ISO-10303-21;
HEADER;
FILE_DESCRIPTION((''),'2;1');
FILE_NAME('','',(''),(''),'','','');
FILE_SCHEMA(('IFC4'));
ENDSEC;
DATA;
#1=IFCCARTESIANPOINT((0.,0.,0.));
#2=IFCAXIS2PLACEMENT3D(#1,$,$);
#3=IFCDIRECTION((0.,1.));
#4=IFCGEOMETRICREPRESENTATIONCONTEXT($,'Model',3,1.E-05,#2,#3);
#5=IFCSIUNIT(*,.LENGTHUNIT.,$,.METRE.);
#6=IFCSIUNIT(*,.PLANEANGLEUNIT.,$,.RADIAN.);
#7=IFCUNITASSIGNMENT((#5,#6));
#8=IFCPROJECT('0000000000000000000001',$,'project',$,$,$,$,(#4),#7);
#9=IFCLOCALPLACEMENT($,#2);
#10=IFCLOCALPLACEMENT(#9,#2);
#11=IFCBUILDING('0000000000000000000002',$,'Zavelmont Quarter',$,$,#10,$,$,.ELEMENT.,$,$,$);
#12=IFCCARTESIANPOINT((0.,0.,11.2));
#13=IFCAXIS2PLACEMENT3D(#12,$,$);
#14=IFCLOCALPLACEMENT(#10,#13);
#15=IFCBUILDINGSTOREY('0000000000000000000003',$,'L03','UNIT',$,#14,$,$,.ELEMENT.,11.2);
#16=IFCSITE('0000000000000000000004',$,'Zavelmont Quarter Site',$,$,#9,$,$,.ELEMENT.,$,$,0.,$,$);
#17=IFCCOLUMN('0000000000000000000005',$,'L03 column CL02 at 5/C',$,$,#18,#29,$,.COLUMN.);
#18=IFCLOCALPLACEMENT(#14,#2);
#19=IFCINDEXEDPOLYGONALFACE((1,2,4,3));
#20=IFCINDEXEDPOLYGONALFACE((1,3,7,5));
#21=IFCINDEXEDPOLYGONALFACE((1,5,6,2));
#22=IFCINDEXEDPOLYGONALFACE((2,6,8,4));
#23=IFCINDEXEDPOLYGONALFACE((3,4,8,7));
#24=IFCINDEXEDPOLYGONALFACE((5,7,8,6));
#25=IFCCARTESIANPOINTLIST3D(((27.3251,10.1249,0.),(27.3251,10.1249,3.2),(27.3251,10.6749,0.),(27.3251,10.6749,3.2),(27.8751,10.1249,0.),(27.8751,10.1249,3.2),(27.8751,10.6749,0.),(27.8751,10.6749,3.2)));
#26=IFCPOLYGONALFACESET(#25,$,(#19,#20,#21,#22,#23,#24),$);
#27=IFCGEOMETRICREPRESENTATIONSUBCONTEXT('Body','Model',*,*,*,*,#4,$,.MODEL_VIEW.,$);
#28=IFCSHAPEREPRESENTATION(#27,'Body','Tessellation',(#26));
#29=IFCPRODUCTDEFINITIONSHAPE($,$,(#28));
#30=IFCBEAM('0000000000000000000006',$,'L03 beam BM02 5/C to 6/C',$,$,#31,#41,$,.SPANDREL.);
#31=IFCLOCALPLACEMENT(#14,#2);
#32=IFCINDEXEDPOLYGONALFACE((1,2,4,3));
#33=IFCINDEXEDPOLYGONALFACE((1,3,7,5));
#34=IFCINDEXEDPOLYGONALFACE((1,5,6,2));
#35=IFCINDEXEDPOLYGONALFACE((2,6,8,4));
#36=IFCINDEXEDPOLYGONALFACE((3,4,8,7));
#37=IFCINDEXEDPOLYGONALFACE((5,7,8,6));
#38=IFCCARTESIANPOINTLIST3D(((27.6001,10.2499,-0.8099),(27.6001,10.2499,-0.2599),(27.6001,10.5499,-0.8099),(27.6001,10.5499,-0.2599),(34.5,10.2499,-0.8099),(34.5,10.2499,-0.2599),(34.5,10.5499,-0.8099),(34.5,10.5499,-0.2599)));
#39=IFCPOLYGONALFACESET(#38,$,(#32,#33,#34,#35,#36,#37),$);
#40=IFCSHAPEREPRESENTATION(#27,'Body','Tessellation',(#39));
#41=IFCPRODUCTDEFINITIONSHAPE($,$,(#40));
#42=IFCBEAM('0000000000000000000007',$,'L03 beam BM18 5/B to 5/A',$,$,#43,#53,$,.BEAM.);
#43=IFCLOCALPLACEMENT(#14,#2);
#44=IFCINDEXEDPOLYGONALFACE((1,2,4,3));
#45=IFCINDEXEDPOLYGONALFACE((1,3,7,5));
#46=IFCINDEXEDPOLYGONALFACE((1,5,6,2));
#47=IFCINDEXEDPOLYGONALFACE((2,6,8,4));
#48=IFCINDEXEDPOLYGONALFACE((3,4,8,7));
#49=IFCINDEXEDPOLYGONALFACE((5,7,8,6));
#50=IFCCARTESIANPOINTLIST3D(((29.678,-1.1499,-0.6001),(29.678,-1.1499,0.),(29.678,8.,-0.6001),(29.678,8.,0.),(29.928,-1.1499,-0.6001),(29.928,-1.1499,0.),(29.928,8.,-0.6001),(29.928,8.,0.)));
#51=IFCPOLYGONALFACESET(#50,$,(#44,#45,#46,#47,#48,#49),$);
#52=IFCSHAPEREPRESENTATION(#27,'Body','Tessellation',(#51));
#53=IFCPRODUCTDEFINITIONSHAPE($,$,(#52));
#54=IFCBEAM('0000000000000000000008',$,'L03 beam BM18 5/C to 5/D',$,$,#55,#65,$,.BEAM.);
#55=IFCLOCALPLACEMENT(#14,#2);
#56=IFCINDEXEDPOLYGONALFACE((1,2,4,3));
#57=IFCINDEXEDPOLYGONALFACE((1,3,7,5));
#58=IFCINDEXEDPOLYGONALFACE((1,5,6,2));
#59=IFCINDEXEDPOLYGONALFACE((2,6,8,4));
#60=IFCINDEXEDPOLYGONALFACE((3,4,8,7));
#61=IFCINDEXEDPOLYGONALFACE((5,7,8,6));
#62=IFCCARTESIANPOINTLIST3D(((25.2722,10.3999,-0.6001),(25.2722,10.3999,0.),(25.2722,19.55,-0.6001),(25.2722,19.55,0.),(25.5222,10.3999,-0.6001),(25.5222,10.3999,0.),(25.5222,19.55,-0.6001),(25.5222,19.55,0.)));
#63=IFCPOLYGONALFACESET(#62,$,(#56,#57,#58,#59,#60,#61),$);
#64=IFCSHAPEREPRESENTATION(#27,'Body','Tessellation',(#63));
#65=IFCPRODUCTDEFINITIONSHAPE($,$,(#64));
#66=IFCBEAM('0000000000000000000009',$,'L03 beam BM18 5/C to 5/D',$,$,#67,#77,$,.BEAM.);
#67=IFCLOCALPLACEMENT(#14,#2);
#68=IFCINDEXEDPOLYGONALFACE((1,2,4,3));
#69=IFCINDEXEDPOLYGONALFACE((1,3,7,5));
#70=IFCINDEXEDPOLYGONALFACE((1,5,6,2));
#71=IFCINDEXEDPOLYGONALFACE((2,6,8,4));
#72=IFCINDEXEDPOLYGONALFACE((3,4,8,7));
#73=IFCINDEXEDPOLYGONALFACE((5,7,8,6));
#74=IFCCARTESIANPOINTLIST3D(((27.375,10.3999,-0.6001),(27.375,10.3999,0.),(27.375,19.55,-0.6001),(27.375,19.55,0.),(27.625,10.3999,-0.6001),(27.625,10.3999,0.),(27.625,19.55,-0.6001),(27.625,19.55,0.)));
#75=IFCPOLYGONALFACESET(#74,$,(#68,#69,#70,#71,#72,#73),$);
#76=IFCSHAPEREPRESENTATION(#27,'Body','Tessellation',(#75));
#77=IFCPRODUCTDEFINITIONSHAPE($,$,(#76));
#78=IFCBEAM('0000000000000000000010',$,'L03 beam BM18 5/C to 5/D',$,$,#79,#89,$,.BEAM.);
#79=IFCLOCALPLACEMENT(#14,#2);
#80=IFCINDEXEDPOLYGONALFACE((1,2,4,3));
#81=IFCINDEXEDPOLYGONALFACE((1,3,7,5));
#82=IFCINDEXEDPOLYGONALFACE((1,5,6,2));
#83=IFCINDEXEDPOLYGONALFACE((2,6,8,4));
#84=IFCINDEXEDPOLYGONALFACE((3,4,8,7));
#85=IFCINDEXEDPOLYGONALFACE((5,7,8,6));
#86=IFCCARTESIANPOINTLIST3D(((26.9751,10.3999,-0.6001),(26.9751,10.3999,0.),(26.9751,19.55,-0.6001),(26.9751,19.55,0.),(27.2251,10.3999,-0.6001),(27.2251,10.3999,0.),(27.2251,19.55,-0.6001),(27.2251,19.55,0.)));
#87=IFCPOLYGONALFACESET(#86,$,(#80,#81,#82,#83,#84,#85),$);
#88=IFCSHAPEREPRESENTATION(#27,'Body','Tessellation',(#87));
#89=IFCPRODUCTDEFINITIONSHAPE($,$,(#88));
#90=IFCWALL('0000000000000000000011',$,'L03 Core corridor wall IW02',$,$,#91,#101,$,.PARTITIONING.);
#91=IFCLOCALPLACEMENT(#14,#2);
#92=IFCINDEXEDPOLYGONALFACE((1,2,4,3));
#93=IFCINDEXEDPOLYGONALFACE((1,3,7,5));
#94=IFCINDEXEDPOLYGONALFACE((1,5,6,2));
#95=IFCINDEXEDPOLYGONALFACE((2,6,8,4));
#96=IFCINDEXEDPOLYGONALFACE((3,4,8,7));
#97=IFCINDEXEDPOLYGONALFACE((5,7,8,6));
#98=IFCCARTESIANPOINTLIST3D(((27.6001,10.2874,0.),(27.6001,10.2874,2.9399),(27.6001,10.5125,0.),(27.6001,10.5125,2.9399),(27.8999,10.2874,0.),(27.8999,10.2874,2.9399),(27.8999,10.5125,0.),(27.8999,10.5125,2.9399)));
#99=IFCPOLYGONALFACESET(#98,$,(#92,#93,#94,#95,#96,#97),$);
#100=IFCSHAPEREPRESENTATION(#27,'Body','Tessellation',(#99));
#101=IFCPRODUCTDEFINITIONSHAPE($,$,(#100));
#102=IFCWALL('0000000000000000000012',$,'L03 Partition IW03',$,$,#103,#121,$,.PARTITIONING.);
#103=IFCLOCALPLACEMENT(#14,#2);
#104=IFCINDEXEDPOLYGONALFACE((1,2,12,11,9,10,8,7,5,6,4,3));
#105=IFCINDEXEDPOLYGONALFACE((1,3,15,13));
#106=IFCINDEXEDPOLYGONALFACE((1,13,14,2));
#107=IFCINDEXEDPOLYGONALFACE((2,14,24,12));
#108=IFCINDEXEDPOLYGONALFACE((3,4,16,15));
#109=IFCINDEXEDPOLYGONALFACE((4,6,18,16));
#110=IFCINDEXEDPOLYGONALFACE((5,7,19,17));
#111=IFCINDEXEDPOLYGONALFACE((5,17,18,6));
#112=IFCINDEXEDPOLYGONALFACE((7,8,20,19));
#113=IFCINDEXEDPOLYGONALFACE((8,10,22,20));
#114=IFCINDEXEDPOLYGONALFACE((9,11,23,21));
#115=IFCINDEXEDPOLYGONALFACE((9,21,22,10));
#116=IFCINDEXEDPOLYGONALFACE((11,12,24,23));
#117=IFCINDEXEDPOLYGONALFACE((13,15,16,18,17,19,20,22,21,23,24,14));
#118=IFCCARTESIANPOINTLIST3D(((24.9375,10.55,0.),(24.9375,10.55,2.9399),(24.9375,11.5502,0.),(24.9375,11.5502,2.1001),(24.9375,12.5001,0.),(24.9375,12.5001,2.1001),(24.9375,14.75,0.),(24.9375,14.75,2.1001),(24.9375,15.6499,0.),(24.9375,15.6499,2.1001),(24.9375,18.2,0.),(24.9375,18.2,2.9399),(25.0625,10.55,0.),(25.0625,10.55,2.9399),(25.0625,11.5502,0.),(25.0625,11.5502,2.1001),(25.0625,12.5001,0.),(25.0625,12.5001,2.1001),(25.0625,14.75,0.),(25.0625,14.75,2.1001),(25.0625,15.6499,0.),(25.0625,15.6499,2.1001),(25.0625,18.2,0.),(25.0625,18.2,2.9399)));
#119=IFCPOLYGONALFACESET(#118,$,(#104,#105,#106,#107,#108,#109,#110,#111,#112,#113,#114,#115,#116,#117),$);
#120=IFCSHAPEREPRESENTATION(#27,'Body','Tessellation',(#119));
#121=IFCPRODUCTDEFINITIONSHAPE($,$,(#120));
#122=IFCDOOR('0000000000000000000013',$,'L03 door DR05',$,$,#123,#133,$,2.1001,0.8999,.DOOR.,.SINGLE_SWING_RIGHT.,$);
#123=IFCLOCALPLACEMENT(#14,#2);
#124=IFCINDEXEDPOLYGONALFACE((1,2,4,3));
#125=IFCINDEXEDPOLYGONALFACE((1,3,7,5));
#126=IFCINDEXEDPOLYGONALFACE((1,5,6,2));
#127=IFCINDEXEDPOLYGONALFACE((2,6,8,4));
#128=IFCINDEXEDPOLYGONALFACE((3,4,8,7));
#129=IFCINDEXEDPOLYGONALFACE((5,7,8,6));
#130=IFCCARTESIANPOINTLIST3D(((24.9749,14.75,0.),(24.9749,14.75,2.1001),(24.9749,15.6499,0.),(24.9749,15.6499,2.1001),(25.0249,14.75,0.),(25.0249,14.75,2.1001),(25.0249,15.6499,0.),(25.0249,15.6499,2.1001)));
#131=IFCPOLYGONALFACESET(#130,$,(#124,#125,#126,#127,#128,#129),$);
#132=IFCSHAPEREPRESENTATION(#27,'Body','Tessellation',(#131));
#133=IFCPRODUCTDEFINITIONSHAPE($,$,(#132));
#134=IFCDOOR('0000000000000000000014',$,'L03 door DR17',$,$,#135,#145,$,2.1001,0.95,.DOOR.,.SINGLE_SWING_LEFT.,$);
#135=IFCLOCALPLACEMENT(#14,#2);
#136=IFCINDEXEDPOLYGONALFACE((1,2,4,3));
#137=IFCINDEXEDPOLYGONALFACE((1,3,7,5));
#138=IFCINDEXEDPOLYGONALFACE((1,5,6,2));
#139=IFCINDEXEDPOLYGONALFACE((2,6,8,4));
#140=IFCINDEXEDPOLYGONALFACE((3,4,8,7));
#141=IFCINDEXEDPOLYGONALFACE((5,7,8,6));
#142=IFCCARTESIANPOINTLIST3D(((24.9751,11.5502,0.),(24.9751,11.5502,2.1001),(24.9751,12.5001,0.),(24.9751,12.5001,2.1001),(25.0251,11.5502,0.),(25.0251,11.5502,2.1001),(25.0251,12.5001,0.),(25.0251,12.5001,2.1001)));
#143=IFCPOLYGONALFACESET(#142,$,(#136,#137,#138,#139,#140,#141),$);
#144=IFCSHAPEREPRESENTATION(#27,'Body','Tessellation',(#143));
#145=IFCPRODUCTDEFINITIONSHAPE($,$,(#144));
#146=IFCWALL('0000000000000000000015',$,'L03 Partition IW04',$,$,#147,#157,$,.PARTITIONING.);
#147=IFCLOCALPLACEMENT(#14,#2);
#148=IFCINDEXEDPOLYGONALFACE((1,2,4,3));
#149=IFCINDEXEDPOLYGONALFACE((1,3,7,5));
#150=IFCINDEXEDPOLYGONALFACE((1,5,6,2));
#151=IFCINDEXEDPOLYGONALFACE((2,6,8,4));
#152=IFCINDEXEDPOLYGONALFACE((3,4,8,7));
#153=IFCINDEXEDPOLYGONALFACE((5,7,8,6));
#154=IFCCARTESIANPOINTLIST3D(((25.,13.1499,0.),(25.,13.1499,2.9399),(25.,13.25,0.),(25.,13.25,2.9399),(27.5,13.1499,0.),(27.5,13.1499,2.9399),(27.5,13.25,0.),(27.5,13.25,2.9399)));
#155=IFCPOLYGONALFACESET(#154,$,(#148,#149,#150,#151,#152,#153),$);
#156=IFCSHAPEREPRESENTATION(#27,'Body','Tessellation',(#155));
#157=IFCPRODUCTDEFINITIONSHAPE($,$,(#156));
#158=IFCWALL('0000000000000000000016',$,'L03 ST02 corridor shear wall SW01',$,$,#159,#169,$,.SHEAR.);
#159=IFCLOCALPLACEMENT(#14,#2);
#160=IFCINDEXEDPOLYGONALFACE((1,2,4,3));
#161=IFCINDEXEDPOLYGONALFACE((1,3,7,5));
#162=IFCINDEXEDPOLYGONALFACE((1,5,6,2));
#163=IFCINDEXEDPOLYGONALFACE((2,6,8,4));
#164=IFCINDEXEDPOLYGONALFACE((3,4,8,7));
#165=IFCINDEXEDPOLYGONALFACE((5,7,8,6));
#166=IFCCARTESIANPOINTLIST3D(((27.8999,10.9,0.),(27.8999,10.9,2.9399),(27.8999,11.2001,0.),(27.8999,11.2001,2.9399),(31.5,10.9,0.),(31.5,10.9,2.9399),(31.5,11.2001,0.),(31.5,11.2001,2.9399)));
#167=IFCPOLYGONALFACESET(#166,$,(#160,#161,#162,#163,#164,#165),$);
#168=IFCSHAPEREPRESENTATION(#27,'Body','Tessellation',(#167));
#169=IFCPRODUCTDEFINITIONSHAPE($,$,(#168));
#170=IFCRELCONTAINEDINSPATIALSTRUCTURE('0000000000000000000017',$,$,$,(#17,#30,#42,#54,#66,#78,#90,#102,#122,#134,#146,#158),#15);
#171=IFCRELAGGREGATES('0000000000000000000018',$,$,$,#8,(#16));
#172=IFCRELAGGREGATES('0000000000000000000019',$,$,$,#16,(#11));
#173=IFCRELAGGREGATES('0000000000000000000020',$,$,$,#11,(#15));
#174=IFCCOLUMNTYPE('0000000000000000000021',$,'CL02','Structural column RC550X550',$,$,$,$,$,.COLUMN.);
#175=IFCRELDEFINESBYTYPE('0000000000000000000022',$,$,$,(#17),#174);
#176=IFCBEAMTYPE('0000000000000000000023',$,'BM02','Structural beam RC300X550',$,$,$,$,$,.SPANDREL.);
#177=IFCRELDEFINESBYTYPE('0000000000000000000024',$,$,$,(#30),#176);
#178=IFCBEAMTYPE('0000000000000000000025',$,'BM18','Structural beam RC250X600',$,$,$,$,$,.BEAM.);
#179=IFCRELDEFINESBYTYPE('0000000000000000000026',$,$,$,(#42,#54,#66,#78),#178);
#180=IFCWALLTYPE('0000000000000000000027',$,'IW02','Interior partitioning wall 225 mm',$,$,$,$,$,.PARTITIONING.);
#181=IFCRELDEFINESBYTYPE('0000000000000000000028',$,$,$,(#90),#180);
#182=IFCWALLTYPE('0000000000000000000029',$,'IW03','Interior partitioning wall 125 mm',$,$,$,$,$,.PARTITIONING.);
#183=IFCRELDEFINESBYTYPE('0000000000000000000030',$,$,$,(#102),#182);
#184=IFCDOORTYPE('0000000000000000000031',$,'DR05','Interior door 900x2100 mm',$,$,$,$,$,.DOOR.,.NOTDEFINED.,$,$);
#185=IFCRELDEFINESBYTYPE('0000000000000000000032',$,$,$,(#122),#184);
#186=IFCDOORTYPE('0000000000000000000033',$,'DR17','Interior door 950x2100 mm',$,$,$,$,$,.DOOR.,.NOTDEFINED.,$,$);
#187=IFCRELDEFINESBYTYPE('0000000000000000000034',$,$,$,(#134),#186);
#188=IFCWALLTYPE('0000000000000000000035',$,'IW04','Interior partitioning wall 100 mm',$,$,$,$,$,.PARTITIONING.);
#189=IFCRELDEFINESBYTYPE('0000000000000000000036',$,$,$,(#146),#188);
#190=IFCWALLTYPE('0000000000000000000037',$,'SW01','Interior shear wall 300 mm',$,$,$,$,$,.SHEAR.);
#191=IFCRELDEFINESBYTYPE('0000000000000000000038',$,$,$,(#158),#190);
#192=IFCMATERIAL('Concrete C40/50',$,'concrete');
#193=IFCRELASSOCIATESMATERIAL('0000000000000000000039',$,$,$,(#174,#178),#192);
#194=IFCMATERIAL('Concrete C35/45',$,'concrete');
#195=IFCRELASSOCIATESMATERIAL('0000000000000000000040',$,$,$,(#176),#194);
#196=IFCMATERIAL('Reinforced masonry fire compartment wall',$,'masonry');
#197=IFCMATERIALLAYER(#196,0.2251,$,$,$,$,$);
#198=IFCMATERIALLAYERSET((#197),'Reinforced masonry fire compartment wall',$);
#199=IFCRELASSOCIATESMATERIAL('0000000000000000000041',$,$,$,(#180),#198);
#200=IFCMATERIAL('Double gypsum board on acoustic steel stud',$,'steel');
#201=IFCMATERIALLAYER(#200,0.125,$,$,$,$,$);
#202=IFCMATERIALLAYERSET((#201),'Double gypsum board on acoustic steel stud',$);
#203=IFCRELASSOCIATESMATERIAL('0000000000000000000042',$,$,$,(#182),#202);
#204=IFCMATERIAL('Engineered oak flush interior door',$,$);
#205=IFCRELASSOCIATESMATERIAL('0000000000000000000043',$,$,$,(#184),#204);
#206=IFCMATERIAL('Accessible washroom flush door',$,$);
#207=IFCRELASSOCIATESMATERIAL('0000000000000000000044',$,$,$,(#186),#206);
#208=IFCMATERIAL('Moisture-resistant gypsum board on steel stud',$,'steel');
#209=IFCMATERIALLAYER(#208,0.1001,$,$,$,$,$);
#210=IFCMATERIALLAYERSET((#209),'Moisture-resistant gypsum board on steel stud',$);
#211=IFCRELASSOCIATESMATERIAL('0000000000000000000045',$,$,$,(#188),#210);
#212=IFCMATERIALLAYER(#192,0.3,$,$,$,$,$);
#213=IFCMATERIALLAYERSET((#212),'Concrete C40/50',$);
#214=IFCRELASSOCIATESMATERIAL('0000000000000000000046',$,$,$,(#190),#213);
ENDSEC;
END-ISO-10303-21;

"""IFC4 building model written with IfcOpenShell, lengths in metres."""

from ifc_helpers import new_model, si_unit, direction, frame, frame_2d, origin, origin_with_axes, origin_2d, place, context, subcontext, project, spatial, rectangle, extrude, material, layer, layer_set, material_profile, profile_set, type_object, element, fill, save


model = new_model("IFC4")

# Units and contexts
model_context = context("Model", 3, precision=1e-05, world=origin(), true_north=direction((0.0, 1.0)))
body_context = subcontext(model_context, "Body", "Model", "MODEL_VIEW")
ifc_project = project(units=[si_unit("LENGTHUNIT", "METRE"), si_unit("PLANEANGLEUNIT", "RADIAN")], contexts=[model_context])

# Site, building, storey
site_placement = place(None, origin())
site = spatial("IfcSite", under=ifc_project, at=site_placement, Name="Zavelmont Quarter Site", CompositionType="ELEMENT", RefElevation=0.0)
building_placement = place(site_placement, origin())
building = spatial("IfcBuilding", under=site, at=building_placement, Name="Zavelmont Quarter", CompositionType="ELEMENT")
storey_placement = place(building_placement, frame((0.0, 0.0, 11.2)))
storey = spatial("IfcBuildingStorey", under=building, at=storey_placement, Name="L03", Description="UNIT", CompositionType="ELEMENT", Elevation=11.2)

# Column
ifc_material_1 = material(Name="Concrete C40/50", Category="concrete")
ifc_material_profile_1 = material_profile(ifc_material_1, rectangle(XDim=0.55, YDim=0.55, at=origin_2d()), Name="RC550X550")
ifc_profile_set_1 = profile_set([ifc_material_profile_1], Name="Concrete C40/50")
column_type = type_object("IfcColumnType", Name="CL02", Description="Structural column RC550X550", PredefinedType="COLUMN", material=ifc_profile_set_1)
column_placement = place(storey_placement, frame((27.6001, 10.3999, 0.0), z_axis=(0.0, 0.0, 1.0), x_axis=(1.0, 0.0, 0.0)))
element("IfcColumn", 1, at=column_placement, inside=storey, type_object=column_type, Name="L03 column CL02 at 5/C", PredefinedType="COLUMN", context=body_context, shape_type="SweptSolid", body=[
    extrude(rectangle(XDim=0.55, YDim=0.55, at=origin_2d()), origin(), (0.0, 0.0, 1.0), 3.2),
])

# Beams
ifc_material_2 = material(Name="Concrete C35/45", Category="concrete")
ifc_material_profile_2 = material_profile(ifc_material_2, rectangle(XDim=0.3, YDim=0.55, at=origin_2d()), Name="RC300X550")
ifc_profile_set_2 = profile_set([ifc_material_profile_2], Name="Concrete C35/45")
beam_type_1 = type_object("IfcBeamType", Name="BM02", Description="Structural beam RC300X550", PredefinedType="SPANDREL", material=ifc_profile_set_2)
beam_1_placement = place(storey_placement, frame((27.6001, 10.3999, -0.5349), z_axis=(1.0, 0.0, 0.0), x_axis=(0.0, 1.0, 0.0)))
element("IfcBeam", 2, at=beam_1_placement, inside=storey, type_object=beam_type_1, Name="L03 beam BM02 5/C to 6/C", PredefinedType="SPANDREL", context=body_context, shape_type="SweptSolid", body=[
    extrude(rectangle(XDim=0.3, YDim=0.55, at=origin_2d()), origin(), (0.0, 0.0, 1.0), 6.8999),
])
ifc_material_profile_3 = material_profile(ifc_material_1, rectangle(XDim=0.25, YDim=0.6001, at=origin_2d()), Name="RC250X600")
ifc_profile_set_3 = profile_set([ifc_material_profile_3], Name="Concrete C40/50")
beam_type_2 = type_object("IfcBeamType", Name="BM18", Description="Structural beam RC250X600", PredefinedType="BEAM", material=ifc_profile_set_3)
beam_2_placement = place(storey_placement, frame((29.803, 8.0, -0.3), z_axis=(0.0, -1.0, 0.0), x_axis=(1.0, 0.0, 0.0)))
element("IfcBeam", 3, at=beam_2_placement, inside=storey, type_object=beam_type_2, Name="L03 beam BM18 5/B to 5/A", PredefinedType="BEAM", context=body_context, shape_type="SweptSolid", body=[
    extrude(rectangle(XDim=0.25, YDim=0.6001, at=origin_2d()), origin(), (0.0, 0.0, 1.0), 9.1499),
])
for number, where, z_axis, x_axis, name in (
    (4, (25.3972, 10.3999, -0.3), (0.0, 1.0, 0.0), (-1.0, 0.0, 0.0), "L03 beam BM18 5/C to 5/D"),
    (5, (27.5, 10.3999, -0.3), (0.0, 1.0, 0.0), (-1.0, 0.0, 0.0), "L03 beam BM18 5/C to 5/D"),
    (6, (27.1001, 10.3999, -0.3), (0.0, 1.0, 0.0), (-1.0, 0.0, 0.0), "L03 beam BM18 5/C to 5/D"),
):
    element("IfcBeam", number, at=place(storey_placement, frame(where, z_axis=z_axis, x_axis=x_axis)), inside=storey, type_object=beam_type_2, Name=name, PredefinedType="BEAM", context=body_context, shape_type="SweptSolid", body=[
        extrude(rectangle(XDim=0.25, YDim=0.6001, at=origin_2d()), origin(), (0.0, 0.0, 1.0), 9.1501),
    ])

# Shared definitions
ifc_material_3 = material(Name="Reinforced masonry fire compartment wall", Category="masonry")
ifc_layer_1 = layer(ifc_material_3, 0.2251)
ifc_layer_set_1 = layer_set([ifc_layer_1], Name="Reinforced masonry fire compartment wall")
wall_type_1 = type_object("IfcWallType", Name="IW02", Description="Interior partitioning wall 225 mm", PredefinedType="PARTITIONING", material=ifc_layer_set_1)

# Wall
wall_1_placement = place(storey_placement, frame((27.6001, 10.3999, 0.0), z_axis=(0.0, 0.0, 1.0), x_axis=(1.0, 0.0, 0.0)))
element("IfcWall", 7, at=wall_1_placement, inside=storey, type_object=wall_type_1, Name="L03 Core corridor wall IW02", PredefinedType="PARTITIONING", context=body_context, shape_type="SweptSolid", body=[
    extrude(rectangle(XDim=0.2998, YDim=0.2251, at=frame_2d((0.1499, 0.0))), origin(), (0.0, 0.0, 1.0), 2.9399),
])

# Wall, openings, doors
ifc_material_4 = material(Name="Double gypsum board on acoustic steel stud", Category="steel")
ifc_layer_2 = layer(ifc_material_4, 0.125)
ifc_layer_set_2 = layer_set([ifc_layer_2], Name="Double gypsum board on acoustic steel stud")
wall_type_2 = type_object("IfcWallType", Name="IW03", Description="Interior partitioning wall 125 mm", PredefinedType="PARTITIONING", material=ifc_layer_set_2)
wall_2_placement = place(storey_placement, frame((25.0, 10.55, 0.0), z_axis=(0.0, 0.0, 1.0), x_axis=(0.0, 1.0, 0.0)))
wall_2 = element("IfcWall", 8, at=wall_2_placement, inside=storey, type_object=wall_type_2, Name="L03 Partition IW03", PredefinedType="PARTITIONING", context=body_context, shape_type="SweptSolid", body=[
    extrude(rectangle(XDim=7.6499, YDim=0.125, at=frame_2d((3.825, 0.0))), origin(), (0.0, 0.0, 1.0), 2.9399),
])
opening_1_placement = place(wall_2_placement, frame((1.0, 0.0, 0.0)))
opening_1 = element("IfcOpeningElement", 9, at=opening_1_placement, cuts=wall_2, PredefinedType="OPENING", context=body_context, shape_type="SweptSolid", body=[
    extrude(rectangle(XDim=0.95, YDim=2.1001, at=frame_2d((0.4751, 1.05))), frame((0.0, 0.0745, 0.0), z_axis=(0.0, -1.0, 0.0), x_axis=(1.0, 0.0, 0.0)), (0.0, 0.0, 1.0), 0.1489),
])
opening_2_placement = place(wall_2_placement, frame((4.2, 0.0, 0.0)))
opening_2 = element("IfcOpeningElement", 10, at=opening_2_placement, cuts=wall_2, PredefinedType="OPENING", context=body_context, shape_type="SweptSolid", body=[
    extrude(rectangle(XDim=0.8999, YDim=2.1001, at=frame_2d((0.45, 1.05))), frame((0.0, 0.0745, 0.0), z_axis=(0.0, -1.0, 0.0), x_axis=(1.0, 0.0, 0.0)), (0.0, 0.0, 1.0), 0.1489),
])
ifc_material_5 = material(Name="Engineered oak flush interior door")
door_type_1 = type_object("IfcDoorType", Name="DR05", Description="Interior door 900x2100 mm", OperationType="NOTDEFINED", PredefinedType="DOOR", material=ifc_material_5)
door_1_placement = place(opening_2_placement, frame((0.8999, 0.0, 0.0), z_axis=(0.0, 0.0, 1.0), x_axis=(-1.0, 0.0, 0.0)))
door_1 = element("IfcDoor", 11, at=door_1_placement, inside=storey, type_object=door_type_1, Name="L03 door DR05", OperationType="SINGLE_SWING_RIGHT", OverallHeight=2.1001, OverallWidth=0.8999, PredefinedType="DOOR", context=body_context, shape_type="SweptSolid", body=[
    extrude(rectangle(XDim=0.8999, YDim=2.1001, at=frame_2d((0.45, 1.05))), frame((0.0, 0.0249, 0.0), z_axis=(0.0, -1.0, 0.0), x_axis=(1.0, 0.0, 0.0)), (0.0, 0.0, 1.0), 0.05),
])
fill(opening_2, door_1)
ifc_material_6 = material(Name="Accessible washroom flush door")
door_type_2 = type_object("IfcDoorType", Name="DR17", Description="Interior door 950x2100 mm", OperationType="NOTDEFINED", PredefinedType="DOOR", material=ifc_material_6)
door_2_placement = place(opening_1_placement, origin_with_axes())
door_2 = element("IfcDoor", 12, at=door_2_placement, inside=storey, type_object=door_type_2, Name="L03 door DR17", OperationType="SINGLE_SWING_LEFT", OverallHeight=2.1001, OverallWidth=0.95, PredefinedType="DOOR", context=body_context, shape_type="SweptSolid", body=[
    extrude(rectangle(XDim=0.95, YDim=2.1001, at=frame_2d((0.4751, 1.05))), frame((0.0, 0.0249, 0.0), z_axis=(0.0, -1.0, 0.0), x_axis=(1.0, 0.0, 0.0)), (0.0, 0.0, 1.0), 0.05),
])
fill(opening_1, door_2)

# Walls
ifc_material_7 = material(Name="Moisture-resistant gypsum board on steel stud", Category="steel")
ifc_layer_3 = layer(ifc_material_7, 0.1001)
ifc_layer_set_3 = layer_set([ifc_layer_3], Name="Moisture-resistant gypsum board on steel stud")
wall_type_3 = type_object("IfcWallType", Name="IW04", Description="Interior partitioning wall 100 mm", PredefinedType="PARTITIONING", material=ifc_layer_set_3)
wall_3_placement = place(storey_placement, frame((25.0, 13.2, 0.0), z_axis=(0.0, 0.0, 1.0), x_axis=(1.0, 0.0, 0.0)))
element("IfcWall", 13, at=wall_3_placement, inside=storey, type_object=wall_type_3, Name="L03 Partition IW04", PredefinedType="PARTITIONING", context=body_context, shape_type="SweptSolid", body=[
    extrude(rectangle(XDim=2.5, YDim=0.1001, at=frame_2d((1.25, 0.0))), origin(), (0.0, 0.0, 1.0), 2.9399),
])
ifc_layer_4 = layer(ifc_material_1, 0.3)
ifc_layer_set_4 = layer_set([ifc_layer_4], Name="Concrete C40/50")
wall_type_4 = type_object("IfcWallType", Name="SW01", Description="Interior shear wall 300 mm", PredefinedType="SHEAR", material=ifc_layer_set_4)
wall_4_placement = place(storey_placement, frame((27.8999, 11.05, 0.0), z_axis=(0.0, 0.0, 1.0), x_axis=(1.0, 0.0, 0.0)))
element("IfcWall", 14, at=wall_4_placement, inside=storey, type_object=wall_type_4, Name="L03 ST02 corridor shear wall SW01", PredefinedType="SHEAR", context=body_context, shape_type="SweptSolid", body=[
    extrude(rectangle(XDim=3.6001, YDim=0.3, at=frame_2d((1.8, 0.0))), origin(), (0.0, 0.0, 1.0), 2.9399),
])

save(model, "model.ifc")
